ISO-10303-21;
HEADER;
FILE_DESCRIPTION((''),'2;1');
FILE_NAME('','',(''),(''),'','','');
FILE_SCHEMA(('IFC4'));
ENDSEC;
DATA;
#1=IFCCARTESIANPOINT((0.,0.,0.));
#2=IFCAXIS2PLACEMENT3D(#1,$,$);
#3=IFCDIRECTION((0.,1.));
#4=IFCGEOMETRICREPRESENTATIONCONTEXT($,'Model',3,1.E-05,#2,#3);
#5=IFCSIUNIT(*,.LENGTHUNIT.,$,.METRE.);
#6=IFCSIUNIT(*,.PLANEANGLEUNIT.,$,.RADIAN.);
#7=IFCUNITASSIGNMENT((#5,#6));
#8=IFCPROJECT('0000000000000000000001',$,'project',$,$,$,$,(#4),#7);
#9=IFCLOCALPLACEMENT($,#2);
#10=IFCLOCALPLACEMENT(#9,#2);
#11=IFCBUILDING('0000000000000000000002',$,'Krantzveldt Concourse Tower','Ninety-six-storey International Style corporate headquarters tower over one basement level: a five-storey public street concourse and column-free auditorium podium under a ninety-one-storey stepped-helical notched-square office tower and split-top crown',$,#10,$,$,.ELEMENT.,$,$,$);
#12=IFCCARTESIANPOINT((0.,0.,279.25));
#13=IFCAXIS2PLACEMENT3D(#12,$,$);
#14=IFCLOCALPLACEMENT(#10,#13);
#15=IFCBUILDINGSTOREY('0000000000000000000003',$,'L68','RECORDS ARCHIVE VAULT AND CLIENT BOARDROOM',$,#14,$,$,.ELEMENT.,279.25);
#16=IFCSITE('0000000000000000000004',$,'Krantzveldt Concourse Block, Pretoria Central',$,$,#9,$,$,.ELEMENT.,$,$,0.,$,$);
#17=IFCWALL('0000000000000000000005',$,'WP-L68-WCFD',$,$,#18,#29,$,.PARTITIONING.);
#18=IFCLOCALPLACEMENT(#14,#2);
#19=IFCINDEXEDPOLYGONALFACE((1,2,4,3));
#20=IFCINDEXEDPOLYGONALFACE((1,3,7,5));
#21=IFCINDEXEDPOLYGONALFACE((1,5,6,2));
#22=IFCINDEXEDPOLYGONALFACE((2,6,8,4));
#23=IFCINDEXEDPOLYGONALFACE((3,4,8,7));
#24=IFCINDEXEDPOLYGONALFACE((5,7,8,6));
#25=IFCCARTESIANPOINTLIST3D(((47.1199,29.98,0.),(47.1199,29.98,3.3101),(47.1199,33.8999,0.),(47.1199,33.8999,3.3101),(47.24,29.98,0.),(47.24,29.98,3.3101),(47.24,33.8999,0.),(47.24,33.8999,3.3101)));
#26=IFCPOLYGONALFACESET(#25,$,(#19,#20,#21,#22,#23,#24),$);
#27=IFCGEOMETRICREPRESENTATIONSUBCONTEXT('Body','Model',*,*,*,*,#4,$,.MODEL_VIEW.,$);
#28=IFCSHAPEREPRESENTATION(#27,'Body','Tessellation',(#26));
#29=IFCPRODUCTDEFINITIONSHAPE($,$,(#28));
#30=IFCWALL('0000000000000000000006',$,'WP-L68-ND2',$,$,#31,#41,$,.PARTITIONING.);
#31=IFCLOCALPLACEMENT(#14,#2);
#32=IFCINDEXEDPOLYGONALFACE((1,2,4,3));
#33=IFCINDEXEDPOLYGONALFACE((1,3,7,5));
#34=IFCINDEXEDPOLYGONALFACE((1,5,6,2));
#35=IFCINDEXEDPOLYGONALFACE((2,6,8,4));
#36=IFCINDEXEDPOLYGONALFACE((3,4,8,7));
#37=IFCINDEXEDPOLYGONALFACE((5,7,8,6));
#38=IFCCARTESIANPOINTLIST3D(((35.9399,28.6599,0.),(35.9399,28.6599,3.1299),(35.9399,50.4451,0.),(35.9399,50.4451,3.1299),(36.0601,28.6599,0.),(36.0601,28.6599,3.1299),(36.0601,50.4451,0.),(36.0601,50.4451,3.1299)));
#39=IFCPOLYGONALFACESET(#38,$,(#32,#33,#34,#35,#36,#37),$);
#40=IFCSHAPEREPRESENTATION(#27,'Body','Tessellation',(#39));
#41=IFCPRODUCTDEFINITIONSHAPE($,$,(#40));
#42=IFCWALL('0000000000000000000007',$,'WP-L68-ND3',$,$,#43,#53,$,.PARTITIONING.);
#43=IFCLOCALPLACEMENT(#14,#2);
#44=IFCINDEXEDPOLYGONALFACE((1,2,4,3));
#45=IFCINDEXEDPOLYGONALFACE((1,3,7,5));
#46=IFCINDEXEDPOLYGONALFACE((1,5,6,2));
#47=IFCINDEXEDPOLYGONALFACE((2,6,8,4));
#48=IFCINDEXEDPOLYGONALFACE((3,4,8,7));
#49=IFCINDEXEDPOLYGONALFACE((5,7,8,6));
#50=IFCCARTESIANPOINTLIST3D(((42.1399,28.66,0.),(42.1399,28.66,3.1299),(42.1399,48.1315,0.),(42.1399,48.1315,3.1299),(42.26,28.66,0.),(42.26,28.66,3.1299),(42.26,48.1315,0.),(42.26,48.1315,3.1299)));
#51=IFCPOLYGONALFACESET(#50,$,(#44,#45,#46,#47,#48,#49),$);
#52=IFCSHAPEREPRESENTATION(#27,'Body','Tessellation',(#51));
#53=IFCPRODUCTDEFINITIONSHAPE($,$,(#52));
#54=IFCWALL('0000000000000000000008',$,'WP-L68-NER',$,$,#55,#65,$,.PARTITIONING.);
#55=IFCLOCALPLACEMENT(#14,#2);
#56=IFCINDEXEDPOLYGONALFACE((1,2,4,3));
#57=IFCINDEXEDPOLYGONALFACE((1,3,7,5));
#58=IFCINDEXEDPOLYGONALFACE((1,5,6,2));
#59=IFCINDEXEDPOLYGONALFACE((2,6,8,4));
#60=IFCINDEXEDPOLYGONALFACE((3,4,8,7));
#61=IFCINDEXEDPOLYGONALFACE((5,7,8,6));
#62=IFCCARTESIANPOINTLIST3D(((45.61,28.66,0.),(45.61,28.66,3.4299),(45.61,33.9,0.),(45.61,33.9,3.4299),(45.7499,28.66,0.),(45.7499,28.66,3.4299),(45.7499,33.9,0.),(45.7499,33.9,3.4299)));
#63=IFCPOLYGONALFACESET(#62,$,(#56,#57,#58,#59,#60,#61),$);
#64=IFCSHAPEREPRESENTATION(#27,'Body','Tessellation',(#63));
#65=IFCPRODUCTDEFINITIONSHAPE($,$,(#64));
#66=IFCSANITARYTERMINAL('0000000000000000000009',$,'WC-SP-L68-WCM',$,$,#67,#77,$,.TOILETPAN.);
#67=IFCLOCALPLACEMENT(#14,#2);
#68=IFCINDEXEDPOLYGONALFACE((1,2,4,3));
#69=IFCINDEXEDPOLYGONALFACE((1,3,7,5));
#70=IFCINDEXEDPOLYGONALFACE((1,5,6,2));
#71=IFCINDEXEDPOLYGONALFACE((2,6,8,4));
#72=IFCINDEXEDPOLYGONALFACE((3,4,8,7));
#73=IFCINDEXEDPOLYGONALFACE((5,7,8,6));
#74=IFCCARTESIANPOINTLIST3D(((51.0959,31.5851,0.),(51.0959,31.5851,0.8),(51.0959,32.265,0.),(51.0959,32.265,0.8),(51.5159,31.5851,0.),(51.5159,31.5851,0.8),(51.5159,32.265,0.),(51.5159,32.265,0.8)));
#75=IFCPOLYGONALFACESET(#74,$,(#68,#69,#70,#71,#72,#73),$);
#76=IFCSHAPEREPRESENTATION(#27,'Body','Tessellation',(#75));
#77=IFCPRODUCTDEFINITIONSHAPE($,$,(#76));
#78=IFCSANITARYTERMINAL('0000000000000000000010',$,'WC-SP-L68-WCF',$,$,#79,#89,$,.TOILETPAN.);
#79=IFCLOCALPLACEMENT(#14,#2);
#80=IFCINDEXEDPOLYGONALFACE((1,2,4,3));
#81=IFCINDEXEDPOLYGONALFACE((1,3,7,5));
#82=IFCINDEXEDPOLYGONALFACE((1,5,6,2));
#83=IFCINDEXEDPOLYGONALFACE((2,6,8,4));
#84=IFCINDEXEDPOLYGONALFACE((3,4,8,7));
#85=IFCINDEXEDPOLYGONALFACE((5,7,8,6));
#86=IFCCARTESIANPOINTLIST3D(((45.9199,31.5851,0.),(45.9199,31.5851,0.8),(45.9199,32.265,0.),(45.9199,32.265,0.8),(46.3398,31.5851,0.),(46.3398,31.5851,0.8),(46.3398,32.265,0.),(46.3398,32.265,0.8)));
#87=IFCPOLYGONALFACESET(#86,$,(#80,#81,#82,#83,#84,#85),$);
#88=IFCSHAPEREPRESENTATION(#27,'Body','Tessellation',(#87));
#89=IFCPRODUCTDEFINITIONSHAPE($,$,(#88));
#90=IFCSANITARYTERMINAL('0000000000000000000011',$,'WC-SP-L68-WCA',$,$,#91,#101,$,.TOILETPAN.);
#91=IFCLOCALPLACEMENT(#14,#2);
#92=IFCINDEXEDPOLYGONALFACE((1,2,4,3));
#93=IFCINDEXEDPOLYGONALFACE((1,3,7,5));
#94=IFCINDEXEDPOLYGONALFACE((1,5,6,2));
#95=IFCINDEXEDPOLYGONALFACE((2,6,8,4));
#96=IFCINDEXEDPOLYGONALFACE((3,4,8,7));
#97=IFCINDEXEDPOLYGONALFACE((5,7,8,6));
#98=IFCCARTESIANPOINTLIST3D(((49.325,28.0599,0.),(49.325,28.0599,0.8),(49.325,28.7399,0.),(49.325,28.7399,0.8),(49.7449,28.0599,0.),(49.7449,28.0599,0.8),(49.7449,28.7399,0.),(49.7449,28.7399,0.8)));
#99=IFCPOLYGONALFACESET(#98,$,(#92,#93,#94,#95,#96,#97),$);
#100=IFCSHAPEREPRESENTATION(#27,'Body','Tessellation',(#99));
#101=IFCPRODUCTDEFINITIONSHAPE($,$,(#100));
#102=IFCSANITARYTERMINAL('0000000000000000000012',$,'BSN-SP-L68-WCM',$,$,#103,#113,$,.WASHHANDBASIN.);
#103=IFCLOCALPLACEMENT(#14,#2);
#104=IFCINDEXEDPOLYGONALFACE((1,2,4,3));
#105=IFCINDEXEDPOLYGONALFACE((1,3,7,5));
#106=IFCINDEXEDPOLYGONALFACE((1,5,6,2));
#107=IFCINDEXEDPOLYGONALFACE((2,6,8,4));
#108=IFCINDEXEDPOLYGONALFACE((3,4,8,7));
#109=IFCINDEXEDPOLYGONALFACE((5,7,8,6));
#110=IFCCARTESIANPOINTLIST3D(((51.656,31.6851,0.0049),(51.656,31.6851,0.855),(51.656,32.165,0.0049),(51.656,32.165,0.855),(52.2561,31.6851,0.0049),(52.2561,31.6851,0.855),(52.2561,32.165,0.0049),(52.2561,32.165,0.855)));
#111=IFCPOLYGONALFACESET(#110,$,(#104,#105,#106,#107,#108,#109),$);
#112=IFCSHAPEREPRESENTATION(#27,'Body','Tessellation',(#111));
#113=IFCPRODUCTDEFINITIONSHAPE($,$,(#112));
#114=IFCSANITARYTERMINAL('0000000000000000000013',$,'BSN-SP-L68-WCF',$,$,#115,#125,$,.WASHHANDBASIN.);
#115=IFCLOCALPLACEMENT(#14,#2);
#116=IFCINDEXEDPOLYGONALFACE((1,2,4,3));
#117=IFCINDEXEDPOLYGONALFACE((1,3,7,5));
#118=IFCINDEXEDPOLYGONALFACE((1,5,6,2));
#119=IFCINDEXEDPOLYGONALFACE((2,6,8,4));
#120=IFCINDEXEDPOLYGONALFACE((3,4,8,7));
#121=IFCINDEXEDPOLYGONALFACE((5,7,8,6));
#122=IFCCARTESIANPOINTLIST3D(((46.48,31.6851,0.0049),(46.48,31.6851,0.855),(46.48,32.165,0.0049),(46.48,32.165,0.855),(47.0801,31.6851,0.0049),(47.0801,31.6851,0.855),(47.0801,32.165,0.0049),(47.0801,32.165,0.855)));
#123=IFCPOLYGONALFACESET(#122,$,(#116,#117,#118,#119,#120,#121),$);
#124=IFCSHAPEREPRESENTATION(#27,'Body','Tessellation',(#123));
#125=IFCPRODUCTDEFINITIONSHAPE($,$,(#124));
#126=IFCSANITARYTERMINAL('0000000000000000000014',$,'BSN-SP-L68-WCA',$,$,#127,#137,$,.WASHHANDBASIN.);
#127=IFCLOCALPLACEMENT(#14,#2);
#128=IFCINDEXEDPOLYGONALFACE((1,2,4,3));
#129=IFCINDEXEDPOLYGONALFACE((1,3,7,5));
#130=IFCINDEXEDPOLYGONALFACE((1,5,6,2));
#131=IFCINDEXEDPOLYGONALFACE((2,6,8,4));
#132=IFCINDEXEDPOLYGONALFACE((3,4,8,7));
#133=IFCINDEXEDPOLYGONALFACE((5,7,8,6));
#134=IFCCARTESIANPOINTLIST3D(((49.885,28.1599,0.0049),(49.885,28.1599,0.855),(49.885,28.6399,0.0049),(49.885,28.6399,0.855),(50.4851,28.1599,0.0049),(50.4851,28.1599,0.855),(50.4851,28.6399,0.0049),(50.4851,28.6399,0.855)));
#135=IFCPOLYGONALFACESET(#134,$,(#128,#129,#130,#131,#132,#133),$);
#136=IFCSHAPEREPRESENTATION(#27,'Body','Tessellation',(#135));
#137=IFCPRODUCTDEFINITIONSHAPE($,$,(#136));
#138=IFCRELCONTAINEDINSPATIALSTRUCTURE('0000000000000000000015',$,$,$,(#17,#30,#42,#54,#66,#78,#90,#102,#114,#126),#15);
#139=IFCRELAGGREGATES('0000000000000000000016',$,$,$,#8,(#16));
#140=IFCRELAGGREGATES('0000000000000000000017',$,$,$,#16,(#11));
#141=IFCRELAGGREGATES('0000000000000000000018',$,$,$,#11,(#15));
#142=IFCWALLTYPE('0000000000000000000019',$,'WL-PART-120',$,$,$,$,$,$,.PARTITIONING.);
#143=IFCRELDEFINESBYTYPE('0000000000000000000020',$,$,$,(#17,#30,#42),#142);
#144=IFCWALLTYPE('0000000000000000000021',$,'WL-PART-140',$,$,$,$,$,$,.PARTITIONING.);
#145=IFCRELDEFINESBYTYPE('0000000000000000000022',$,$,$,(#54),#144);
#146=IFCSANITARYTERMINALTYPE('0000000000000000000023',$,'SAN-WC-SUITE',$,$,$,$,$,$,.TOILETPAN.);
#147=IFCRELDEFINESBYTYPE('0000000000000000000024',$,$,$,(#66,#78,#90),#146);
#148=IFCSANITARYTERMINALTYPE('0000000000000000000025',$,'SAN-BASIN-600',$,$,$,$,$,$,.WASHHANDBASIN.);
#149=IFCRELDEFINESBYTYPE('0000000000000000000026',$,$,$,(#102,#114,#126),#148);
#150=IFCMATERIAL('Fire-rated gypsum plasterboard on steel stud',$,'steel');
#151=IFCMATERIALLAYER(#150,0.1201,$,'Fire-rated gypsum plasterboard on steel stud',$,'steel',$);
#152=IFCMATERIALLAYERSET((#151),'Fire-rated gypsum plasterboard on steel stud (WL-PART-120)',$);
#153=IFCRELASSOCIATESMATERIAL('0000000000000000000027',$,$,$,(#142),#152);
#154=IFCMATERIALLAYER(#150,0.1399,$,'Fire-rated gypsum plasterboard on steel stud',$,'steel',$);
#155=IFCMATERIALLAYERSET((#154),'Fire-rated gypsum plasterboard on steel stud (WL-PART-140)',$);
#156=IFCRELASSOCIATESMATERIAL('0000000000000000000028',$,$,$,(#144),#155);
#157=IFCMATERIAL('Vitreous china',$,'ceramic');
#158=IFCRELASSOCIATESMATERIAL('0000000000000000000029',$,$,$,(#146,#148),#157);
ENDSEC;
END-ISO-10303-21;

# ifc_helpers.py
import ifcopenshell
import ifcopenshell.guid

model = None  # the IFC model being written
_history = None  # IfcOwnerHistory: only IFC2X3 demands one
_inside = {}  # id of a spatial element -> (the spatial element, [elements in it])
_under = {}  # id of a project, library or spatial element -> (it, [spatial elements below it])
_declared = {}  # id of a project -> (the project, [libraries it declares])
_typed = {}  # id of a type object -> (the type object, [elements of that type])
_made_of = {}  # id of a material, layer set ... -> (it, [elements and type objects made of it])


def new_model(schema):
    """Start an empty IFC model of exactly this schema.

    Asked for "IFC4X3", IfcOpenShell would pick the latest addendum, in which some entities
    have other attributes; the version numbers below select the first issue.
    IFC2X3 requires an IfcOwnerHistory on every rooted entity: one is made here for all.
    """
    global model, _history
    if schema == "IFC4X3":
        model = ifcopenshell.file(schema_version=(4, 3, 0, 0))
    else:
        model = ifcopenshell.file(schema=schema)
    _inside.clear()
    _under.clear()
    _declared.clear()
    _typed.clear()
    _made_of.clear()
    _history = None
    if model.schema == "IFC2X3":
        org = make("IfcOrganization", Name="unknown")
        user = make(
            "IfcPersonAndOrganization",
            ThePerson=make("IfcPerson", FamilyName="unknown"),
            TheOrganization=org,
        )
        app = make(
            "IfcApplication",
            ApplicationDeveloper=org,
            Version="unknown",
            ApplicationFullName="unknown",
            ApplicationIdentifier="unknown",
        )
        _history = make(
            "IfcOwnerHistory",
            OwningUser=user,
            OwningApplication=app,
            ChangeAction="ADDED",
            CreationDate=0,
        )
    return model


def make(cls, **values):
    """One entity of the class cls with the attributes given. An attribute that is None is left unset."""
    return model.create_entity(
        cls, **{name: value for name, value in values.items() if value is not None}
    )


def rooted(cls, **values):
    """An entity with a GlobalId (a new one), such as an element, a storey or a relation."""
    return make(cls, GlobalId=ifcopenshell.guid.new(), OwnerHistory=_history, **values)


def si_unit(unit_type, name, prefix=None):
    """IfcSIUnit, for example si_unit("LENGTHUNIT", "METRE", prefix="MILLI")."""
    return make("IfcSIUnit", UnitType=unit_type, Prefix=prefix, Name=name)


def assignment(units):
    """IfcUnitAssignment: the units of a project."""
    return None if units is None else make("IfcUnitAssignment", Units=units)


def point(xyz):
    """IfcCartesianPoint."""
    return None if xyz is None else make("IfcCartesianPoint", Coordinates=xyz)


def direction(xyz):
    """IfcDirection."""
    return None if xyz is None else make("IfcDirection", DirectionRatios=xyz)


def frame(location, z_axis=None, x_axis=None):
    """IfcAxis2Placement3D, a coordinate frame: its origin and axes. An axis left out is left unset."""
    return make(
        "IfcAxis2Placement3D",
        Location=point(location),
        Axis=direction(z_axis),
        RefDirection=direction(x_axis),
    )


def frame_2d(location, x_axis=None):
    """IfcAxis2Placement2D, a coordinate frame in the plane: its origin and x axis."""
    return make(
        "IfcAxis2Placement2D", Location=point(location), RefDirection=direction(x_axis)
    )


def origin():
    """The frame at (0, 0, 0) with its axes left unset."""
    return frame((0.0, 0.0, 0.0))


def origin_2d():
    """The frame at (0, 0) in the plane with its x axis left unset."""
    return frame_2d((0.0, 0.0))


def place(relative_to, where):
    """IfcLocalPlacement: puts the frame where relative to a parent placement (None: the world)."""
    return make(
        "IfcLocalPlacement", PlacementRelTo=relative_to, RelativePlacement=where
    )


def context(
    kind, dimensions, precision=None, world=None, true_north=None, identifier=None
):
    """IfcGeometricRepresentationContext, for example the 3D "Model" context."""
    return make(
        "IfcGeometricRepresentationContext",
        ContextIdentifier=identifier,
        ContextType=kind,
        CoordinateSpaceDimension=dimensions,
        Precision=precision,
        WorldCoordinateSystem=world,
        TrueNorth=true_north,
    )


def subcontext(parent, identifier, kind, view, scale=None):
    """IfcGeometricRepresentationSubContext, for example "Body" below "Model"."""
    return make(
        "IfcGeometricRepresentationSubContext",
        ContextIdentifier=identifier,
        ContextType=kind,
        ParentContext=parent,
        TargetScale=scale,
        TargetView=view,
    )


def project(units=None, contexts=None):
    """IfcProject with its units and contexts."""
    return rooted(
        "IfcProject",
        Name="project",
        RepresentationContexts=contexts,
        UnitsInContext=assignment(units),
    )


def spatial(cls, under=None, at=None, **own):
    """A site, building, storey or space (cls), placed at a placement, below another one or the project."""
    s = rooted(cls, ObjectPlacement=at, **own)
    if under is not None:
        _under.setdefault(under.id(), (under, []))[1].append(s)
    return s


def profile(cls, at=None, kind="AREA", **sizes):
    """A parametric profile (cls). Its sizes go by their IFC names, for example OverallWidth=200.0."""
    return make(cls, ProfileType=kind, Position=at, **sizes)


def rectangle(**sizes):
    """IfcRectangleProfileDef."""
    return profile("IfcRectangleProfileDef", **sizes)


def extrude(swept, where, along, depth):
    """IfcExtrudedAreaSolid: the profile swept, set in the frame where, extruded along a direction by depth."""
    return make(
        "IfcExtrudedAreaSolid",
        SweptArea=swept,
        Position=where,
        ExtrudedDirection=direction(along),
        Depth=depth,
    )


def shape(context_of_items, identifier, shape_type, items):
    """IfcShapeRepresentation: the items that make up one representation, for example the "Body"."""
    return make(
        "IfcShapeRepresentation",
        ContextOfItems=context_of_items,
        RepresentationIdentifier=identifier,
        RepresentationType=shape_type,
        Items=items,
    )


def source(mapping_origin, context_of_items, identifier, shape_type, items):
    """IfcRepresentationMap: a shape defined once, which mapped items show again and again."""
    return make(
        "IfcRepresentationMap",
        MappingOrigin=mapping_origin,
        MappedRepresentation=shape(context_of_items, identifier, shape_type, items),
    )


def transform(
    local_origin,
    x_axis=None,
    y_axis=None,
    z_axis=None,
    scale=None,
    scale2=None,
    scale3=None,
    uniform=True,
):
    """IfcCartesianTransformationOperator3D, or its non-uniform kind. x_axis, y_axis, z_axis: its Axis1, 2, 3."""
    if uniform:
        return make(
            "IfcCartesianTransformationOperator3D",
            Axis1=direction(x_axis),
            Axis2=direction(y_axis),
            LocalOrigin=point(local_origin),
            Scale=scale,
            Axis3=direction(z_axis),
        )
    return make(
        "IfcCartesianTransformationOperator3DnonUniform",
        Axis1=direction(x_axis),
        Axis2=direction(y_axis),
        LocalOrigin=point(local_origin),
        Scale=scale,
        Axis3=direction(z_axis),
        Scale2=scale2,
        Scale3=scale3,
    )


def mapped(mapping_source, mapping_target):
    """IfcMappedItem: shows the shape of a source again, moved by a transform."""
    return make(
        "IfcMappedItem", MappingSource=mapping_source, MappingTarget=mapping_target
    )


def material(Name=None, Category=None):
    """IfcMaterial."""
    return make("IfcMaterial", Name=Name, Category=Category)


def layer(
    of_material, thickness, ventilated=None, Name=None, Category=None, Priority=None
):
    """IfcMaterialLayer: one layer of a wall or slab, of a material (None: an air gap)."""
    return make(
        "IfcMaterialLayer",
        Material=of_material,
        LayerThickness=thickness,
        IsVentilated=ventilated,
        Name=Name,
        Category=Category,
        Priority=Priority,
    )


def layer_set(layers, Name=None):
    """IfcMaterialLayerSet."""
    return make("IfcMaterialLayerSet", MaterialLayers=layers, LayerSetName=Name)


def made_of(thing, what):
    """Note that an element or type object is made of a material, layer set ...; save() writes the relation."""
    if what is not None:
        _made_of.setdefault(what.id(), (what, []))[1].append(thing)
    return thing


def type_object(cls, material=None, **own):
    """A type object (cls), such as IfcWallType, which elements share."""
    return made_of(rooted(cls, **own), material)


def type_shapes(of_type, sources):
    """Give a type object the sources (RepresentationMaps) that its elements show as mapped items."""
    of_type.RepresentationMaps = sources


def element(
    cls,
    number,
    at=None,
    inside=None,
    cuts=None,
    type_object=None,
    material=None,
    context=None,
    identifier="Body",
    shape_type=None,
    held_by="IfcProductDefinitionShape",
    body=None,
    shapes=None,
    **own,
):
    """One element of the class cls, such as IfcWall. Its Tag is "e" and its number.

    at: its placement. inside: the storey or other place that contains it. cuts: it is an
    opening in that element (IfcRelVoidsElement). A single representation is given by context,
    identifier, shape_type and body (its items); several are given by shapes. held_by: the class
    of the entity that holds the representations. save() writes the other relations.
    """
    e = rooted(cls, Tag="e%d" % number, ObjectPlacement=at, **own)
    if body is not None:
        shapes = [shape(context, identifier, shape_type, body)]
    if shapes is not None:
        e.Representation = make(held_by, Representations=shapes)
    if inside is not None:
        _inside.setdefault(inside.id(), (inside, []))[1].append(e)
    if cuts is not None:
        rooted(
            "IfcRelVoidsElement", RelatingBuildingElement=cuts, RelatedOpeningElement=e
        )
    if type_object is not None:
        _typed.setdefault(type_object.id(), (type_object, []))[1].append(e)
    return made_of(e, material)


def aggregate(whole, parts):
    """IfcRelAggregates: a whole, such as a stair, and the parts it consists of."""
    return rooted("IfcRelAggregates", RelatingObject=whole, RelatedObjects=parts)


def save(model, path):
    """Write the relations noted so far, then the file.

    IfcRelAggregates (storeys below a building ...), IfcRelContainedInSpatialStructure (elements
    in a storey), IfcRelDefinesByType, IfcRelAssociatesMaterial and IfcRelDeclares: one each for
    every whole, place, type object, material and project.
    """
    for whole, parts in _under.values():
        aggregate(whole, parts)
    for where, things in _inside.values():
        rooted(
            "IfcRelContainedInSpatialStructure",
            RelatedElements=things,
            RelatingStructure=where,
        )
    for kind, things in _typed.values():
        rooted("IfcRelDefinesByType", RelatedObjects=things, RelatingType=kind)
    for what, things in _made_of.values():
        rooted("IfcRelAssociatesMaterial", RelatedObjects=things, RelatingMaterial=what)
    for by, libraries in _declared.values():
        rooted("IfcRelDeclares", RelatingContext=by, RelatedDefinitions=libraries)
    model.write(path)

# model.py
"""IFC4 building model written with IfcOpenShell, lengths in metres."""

from ifc_helpers import new_model, si_unit, direction, frame, frame_2d, origin, origin_2d, place, context, subcontext, project, spatial, rectangle, extrude, source, transform, mapped, material, layer, layer_set, type_object, type_shapes, element, save


model = new_model("IFC4")

# Units and contexts
model_context = context("Model", 3, precision=1e-05, world=origin(), true_north=direction((0.0, 1.0)))
body_context = subcontext(model_context, "Body", "Model", "MODEL_VIEW")
ifc_project = project(units=[si_unit("LENGTHUNIT", "METRE"), si_unit("PLANEANGLEUNIT", "RADIAN")], contexts=[model_context])

# Site, building, storey
site_placement = place(None, origin())
site = spatial("IfcSite", under=ifc_project, at=site_placement, Name="Krantzveldt Concourse Block, Pretoria Central", CompositionType="ELEMENT", RefElevation=0.0)
building_placement = place(site_placement, origin())
building = spatial("IfcBuilding", under=site, at=building_placement, Name="Krantzveldt Concourse Tower", Description="Ninety-six-storey International Style corporate headquarters tower over one basement level: a five-storey public street concourse and column-free auditorium podium under a ninety-one-storey stepped-helical notched-square office tower and split-top crown", CompositionType="ELEMENT")
storey_placement = place(building_placement, frame((0.0, 0.0, 279.25)))
storey = spatial("IfcBuildingStorey", under=building, at=storey_placement, Name="L68", Description="RECORDS ARCHIVE VAULT AND CLIENT BOARDROOM", CompositionType="ELEMENT", Elevation=279.25)

# Shared definitions
ifc_material_1 = material(Name="Fire-rated gypsum plasterboard on steel stud", Category="steel")
ifc_layer_1 = layer(ifc_material_1, 0.1201, Name="Fire-rated gypsum plasterboard on steel stud", Category="steel")
ifc_layer_set_1 = layer_set([ifc_layer_1], Name="Fire-rated gypsum plasterboard on steel stud (WL-PART-120)")
wall_type_1 = type_object("IfcWallType", Name="WL-PART-120", PredefinedType="PARTITIONING", material=ifc_layer_set_1)

# Walls
wall_1_placement = place(storey_placement, frame((47.1799, 29.98, 0.0), z_axis=(0.0, 0.0, 1.0), x_axis=(0.0, 1.0, 0.0)))
element("IfcWall", 1, at=wall_1_placement, inside=storey, type_object=wall_type_1, Name="WP-L68-WCFD", PredefinedType="PARTITIONING", context=body_context, shape_type="SweptSolid", body=[
    extrude(rectangle(XDim=3.9199, YDim=0.1201, at=frame_2d((1.96, 0.0))), origin(), (0.0, 0.0, 1.0), 3.3101),
])
wall_2_placement = place(storey_placement, frame((36.0, 28.6599, 0.0), z_axis=(0.0, 0.0, 1.0), x_axis=(0.0, 1.0, 0.0)))
element("IfcWall", 2, at=wall_2_placement, inside=storey, type_object=wall_type_1, Name="WP-L68-ND2", PredefinedType="PARTITIONING", context=body_context, shape_type="SweptSolid", body=[
    extrude(rectangle(XDim=21.7852, YDim=0.1201, at=frame_2d((10.8926, 0.0))), origin(), (0.0, 0.0, 1.0), 3.1299),
])
wall_3_placement = place(storey_placement, frame((42.2, 28.6599, 0.0), z_axis=(0.0, 0.0, 1.0), x_axis=(0.0, 1.0, 0.0)))
element("IfcWall", 3, at=wall_3_placement, inside=storey, type_object=wall_type_1, Name="WP-L68-ND3", PredefinedType="PARTITIONING", context=body_context, shape_type="SweptSolid", body=[
    extrude(rectangle(XDim=19.4714, YDim=0.1201, at=frame_2d((9.7358, 0.0))), origin(), (0.0, 0.0, 1.0), 3.1299),
])
ifc_layer_2 = layer(ifc_material_1, 0.1399, Name="Fire-rated gypsum plasterboard on steel stud", Category="steel")
ifc_layer_set_2 = layer_set([ifc_layer_2], Name="Fire-rated gypsum plasterboard on steel stud (WL-PART-140)")
wall_type_2 = type_object("IfcWallType", Name="WL-PART-140", PredefinedType="PARTITIONING", material=ifc_layer_set_2)
wall_4_placement = place(storey_placement, frame((45.6799, 28.6599, 0.0), z_axis=(0.0, 0.0, 1.0), x_axis=(0.0, 1.0, 0.0)))
element("IfcWall", 4, at=wall_4_placement, inside=storey, type_object=wall_type_2, Name="WP-L68-NER", PredefinedType="PARTITIONING", context=body_context, shape_type="SweptSolid", body=[
    extrude(rectangle(XDim=5.24, YDim=0.1399, at=frame_2d((2.6201, 0.0))), origin(), (0.0, 0.0, 1.0), 3.4299),
])

# Sanitary terminals
ifc_material_2 = material(Name="Vitreous china", Category="ceramic")
sanitary_terminal_type_1 = type_object("IfcSanitaryTerminalType", Name="SAN-WC-SUITE", PredefinedType="TOILETPAN", material=ifc_material_2)
shared_shape_1 = source(origin(), body_context, "Body", "SweptSolid", [
    extrude(rectangle(XDim=0.4199, YDim=0.6799, at=origin_2d()), origin(), (0.0, 0.0, 1.0), 0.8),
])
type_shapes(sanitary_terminal_type_1, [shared_shape_1])
for number, where, z_axis, x_axis, name in (
    (5, (51.3059, 31.925, 0.0), (0.0, 0.0, 1.0), (1.0, 0.0, 0.0), "WC-SP-L68-WCM"),
    (6, (46.1299, 31.925, 0.0), (0.0, 0.0, 1.0), (1.0, 0.0, 0.0), "WC-SP-L68-WCF"),
    (7, (49.5349, 28.3999, 0.0), (0.0, 0.0, 1.0), (1.0, 0.0, 0.0), "WC-SP-L68-WCA"),
):
    element("IfcSanitaryTerminal", number, at=place(storey_placement, frame(where, z_axis=z_axis, x_axis=x_axis)), inside=storey, type_object=sanitary_terminal_type_1, Name=name, PredefinedType="TOILETPAN", context=body_context, shape_type="MappedRepresentation", body=[
        mapped(shared_shape_1, transform((0.0, 0.0, 0.0), x_axis=(1.0, 0.0, 0.0), y_axis=(0.0, 1.0, 0.0), z_axis=(0.0, 0.0, 1.0), scale=1.0)),
    ])
sanitary_terminal_type_2 = type_object("IfcSanitaryTerminalType", Name="SAN-BASIN-600", PredefinedType="WASHHANDBASIN", material=ifc_material_2)
shared_shape_2 = source(origin(), body_context, "Body", "SweptSolid", [
    extrude(rectangle(XDim=0.6001, YDim=0.48, at=origin_2d()), origin(), (0.0, 0.0, 1.0), 0.8501),
])
type_shapes(sanitary_terminal_type_2, [shared_shape_2])
for number, where, z_axis, x_axis, name in (
    (8, (51.9561, 31.925, 0.0049), (0.0, 0.0, 1.0), (1.0, 0.0, 0.0), "BSN-SP-L68-WCM"),
    (9, (46.78, 31.925, 0.0049), (0.0, 0.0, 1.0), (1.0, 0.0, 0.0), "BSN-SP-L68-WCF"),
    (10, (50.1851, 28.3999, 0.0049), (0.0, 0.0, 1.0), (1.0, 0.0, 0.0), "BSN-SP-L68-WCA"),
):
    element("IfcSanitaryTerminal", number, at=place(storey_placement, frame(where, z_axis=z_axis, x_axis=x_axis)), inside=storey, type_object=sanitary_terminal_type_2, Name=name, PredefinedType="WASHHANDBASIN", context=body_context, shape_type="MappedRepresentation", body=[
        mapped(shared_shape_2, transform((0.0, 0.0, 0.0), x_axis=(1.0, 0.0, 0.0), y_axis=(0.0, 1.0, 0.0), z_axis=(0.0, 0.0, 1.0), scale=1.0)),
    ])

save(model, "model.ifc")
